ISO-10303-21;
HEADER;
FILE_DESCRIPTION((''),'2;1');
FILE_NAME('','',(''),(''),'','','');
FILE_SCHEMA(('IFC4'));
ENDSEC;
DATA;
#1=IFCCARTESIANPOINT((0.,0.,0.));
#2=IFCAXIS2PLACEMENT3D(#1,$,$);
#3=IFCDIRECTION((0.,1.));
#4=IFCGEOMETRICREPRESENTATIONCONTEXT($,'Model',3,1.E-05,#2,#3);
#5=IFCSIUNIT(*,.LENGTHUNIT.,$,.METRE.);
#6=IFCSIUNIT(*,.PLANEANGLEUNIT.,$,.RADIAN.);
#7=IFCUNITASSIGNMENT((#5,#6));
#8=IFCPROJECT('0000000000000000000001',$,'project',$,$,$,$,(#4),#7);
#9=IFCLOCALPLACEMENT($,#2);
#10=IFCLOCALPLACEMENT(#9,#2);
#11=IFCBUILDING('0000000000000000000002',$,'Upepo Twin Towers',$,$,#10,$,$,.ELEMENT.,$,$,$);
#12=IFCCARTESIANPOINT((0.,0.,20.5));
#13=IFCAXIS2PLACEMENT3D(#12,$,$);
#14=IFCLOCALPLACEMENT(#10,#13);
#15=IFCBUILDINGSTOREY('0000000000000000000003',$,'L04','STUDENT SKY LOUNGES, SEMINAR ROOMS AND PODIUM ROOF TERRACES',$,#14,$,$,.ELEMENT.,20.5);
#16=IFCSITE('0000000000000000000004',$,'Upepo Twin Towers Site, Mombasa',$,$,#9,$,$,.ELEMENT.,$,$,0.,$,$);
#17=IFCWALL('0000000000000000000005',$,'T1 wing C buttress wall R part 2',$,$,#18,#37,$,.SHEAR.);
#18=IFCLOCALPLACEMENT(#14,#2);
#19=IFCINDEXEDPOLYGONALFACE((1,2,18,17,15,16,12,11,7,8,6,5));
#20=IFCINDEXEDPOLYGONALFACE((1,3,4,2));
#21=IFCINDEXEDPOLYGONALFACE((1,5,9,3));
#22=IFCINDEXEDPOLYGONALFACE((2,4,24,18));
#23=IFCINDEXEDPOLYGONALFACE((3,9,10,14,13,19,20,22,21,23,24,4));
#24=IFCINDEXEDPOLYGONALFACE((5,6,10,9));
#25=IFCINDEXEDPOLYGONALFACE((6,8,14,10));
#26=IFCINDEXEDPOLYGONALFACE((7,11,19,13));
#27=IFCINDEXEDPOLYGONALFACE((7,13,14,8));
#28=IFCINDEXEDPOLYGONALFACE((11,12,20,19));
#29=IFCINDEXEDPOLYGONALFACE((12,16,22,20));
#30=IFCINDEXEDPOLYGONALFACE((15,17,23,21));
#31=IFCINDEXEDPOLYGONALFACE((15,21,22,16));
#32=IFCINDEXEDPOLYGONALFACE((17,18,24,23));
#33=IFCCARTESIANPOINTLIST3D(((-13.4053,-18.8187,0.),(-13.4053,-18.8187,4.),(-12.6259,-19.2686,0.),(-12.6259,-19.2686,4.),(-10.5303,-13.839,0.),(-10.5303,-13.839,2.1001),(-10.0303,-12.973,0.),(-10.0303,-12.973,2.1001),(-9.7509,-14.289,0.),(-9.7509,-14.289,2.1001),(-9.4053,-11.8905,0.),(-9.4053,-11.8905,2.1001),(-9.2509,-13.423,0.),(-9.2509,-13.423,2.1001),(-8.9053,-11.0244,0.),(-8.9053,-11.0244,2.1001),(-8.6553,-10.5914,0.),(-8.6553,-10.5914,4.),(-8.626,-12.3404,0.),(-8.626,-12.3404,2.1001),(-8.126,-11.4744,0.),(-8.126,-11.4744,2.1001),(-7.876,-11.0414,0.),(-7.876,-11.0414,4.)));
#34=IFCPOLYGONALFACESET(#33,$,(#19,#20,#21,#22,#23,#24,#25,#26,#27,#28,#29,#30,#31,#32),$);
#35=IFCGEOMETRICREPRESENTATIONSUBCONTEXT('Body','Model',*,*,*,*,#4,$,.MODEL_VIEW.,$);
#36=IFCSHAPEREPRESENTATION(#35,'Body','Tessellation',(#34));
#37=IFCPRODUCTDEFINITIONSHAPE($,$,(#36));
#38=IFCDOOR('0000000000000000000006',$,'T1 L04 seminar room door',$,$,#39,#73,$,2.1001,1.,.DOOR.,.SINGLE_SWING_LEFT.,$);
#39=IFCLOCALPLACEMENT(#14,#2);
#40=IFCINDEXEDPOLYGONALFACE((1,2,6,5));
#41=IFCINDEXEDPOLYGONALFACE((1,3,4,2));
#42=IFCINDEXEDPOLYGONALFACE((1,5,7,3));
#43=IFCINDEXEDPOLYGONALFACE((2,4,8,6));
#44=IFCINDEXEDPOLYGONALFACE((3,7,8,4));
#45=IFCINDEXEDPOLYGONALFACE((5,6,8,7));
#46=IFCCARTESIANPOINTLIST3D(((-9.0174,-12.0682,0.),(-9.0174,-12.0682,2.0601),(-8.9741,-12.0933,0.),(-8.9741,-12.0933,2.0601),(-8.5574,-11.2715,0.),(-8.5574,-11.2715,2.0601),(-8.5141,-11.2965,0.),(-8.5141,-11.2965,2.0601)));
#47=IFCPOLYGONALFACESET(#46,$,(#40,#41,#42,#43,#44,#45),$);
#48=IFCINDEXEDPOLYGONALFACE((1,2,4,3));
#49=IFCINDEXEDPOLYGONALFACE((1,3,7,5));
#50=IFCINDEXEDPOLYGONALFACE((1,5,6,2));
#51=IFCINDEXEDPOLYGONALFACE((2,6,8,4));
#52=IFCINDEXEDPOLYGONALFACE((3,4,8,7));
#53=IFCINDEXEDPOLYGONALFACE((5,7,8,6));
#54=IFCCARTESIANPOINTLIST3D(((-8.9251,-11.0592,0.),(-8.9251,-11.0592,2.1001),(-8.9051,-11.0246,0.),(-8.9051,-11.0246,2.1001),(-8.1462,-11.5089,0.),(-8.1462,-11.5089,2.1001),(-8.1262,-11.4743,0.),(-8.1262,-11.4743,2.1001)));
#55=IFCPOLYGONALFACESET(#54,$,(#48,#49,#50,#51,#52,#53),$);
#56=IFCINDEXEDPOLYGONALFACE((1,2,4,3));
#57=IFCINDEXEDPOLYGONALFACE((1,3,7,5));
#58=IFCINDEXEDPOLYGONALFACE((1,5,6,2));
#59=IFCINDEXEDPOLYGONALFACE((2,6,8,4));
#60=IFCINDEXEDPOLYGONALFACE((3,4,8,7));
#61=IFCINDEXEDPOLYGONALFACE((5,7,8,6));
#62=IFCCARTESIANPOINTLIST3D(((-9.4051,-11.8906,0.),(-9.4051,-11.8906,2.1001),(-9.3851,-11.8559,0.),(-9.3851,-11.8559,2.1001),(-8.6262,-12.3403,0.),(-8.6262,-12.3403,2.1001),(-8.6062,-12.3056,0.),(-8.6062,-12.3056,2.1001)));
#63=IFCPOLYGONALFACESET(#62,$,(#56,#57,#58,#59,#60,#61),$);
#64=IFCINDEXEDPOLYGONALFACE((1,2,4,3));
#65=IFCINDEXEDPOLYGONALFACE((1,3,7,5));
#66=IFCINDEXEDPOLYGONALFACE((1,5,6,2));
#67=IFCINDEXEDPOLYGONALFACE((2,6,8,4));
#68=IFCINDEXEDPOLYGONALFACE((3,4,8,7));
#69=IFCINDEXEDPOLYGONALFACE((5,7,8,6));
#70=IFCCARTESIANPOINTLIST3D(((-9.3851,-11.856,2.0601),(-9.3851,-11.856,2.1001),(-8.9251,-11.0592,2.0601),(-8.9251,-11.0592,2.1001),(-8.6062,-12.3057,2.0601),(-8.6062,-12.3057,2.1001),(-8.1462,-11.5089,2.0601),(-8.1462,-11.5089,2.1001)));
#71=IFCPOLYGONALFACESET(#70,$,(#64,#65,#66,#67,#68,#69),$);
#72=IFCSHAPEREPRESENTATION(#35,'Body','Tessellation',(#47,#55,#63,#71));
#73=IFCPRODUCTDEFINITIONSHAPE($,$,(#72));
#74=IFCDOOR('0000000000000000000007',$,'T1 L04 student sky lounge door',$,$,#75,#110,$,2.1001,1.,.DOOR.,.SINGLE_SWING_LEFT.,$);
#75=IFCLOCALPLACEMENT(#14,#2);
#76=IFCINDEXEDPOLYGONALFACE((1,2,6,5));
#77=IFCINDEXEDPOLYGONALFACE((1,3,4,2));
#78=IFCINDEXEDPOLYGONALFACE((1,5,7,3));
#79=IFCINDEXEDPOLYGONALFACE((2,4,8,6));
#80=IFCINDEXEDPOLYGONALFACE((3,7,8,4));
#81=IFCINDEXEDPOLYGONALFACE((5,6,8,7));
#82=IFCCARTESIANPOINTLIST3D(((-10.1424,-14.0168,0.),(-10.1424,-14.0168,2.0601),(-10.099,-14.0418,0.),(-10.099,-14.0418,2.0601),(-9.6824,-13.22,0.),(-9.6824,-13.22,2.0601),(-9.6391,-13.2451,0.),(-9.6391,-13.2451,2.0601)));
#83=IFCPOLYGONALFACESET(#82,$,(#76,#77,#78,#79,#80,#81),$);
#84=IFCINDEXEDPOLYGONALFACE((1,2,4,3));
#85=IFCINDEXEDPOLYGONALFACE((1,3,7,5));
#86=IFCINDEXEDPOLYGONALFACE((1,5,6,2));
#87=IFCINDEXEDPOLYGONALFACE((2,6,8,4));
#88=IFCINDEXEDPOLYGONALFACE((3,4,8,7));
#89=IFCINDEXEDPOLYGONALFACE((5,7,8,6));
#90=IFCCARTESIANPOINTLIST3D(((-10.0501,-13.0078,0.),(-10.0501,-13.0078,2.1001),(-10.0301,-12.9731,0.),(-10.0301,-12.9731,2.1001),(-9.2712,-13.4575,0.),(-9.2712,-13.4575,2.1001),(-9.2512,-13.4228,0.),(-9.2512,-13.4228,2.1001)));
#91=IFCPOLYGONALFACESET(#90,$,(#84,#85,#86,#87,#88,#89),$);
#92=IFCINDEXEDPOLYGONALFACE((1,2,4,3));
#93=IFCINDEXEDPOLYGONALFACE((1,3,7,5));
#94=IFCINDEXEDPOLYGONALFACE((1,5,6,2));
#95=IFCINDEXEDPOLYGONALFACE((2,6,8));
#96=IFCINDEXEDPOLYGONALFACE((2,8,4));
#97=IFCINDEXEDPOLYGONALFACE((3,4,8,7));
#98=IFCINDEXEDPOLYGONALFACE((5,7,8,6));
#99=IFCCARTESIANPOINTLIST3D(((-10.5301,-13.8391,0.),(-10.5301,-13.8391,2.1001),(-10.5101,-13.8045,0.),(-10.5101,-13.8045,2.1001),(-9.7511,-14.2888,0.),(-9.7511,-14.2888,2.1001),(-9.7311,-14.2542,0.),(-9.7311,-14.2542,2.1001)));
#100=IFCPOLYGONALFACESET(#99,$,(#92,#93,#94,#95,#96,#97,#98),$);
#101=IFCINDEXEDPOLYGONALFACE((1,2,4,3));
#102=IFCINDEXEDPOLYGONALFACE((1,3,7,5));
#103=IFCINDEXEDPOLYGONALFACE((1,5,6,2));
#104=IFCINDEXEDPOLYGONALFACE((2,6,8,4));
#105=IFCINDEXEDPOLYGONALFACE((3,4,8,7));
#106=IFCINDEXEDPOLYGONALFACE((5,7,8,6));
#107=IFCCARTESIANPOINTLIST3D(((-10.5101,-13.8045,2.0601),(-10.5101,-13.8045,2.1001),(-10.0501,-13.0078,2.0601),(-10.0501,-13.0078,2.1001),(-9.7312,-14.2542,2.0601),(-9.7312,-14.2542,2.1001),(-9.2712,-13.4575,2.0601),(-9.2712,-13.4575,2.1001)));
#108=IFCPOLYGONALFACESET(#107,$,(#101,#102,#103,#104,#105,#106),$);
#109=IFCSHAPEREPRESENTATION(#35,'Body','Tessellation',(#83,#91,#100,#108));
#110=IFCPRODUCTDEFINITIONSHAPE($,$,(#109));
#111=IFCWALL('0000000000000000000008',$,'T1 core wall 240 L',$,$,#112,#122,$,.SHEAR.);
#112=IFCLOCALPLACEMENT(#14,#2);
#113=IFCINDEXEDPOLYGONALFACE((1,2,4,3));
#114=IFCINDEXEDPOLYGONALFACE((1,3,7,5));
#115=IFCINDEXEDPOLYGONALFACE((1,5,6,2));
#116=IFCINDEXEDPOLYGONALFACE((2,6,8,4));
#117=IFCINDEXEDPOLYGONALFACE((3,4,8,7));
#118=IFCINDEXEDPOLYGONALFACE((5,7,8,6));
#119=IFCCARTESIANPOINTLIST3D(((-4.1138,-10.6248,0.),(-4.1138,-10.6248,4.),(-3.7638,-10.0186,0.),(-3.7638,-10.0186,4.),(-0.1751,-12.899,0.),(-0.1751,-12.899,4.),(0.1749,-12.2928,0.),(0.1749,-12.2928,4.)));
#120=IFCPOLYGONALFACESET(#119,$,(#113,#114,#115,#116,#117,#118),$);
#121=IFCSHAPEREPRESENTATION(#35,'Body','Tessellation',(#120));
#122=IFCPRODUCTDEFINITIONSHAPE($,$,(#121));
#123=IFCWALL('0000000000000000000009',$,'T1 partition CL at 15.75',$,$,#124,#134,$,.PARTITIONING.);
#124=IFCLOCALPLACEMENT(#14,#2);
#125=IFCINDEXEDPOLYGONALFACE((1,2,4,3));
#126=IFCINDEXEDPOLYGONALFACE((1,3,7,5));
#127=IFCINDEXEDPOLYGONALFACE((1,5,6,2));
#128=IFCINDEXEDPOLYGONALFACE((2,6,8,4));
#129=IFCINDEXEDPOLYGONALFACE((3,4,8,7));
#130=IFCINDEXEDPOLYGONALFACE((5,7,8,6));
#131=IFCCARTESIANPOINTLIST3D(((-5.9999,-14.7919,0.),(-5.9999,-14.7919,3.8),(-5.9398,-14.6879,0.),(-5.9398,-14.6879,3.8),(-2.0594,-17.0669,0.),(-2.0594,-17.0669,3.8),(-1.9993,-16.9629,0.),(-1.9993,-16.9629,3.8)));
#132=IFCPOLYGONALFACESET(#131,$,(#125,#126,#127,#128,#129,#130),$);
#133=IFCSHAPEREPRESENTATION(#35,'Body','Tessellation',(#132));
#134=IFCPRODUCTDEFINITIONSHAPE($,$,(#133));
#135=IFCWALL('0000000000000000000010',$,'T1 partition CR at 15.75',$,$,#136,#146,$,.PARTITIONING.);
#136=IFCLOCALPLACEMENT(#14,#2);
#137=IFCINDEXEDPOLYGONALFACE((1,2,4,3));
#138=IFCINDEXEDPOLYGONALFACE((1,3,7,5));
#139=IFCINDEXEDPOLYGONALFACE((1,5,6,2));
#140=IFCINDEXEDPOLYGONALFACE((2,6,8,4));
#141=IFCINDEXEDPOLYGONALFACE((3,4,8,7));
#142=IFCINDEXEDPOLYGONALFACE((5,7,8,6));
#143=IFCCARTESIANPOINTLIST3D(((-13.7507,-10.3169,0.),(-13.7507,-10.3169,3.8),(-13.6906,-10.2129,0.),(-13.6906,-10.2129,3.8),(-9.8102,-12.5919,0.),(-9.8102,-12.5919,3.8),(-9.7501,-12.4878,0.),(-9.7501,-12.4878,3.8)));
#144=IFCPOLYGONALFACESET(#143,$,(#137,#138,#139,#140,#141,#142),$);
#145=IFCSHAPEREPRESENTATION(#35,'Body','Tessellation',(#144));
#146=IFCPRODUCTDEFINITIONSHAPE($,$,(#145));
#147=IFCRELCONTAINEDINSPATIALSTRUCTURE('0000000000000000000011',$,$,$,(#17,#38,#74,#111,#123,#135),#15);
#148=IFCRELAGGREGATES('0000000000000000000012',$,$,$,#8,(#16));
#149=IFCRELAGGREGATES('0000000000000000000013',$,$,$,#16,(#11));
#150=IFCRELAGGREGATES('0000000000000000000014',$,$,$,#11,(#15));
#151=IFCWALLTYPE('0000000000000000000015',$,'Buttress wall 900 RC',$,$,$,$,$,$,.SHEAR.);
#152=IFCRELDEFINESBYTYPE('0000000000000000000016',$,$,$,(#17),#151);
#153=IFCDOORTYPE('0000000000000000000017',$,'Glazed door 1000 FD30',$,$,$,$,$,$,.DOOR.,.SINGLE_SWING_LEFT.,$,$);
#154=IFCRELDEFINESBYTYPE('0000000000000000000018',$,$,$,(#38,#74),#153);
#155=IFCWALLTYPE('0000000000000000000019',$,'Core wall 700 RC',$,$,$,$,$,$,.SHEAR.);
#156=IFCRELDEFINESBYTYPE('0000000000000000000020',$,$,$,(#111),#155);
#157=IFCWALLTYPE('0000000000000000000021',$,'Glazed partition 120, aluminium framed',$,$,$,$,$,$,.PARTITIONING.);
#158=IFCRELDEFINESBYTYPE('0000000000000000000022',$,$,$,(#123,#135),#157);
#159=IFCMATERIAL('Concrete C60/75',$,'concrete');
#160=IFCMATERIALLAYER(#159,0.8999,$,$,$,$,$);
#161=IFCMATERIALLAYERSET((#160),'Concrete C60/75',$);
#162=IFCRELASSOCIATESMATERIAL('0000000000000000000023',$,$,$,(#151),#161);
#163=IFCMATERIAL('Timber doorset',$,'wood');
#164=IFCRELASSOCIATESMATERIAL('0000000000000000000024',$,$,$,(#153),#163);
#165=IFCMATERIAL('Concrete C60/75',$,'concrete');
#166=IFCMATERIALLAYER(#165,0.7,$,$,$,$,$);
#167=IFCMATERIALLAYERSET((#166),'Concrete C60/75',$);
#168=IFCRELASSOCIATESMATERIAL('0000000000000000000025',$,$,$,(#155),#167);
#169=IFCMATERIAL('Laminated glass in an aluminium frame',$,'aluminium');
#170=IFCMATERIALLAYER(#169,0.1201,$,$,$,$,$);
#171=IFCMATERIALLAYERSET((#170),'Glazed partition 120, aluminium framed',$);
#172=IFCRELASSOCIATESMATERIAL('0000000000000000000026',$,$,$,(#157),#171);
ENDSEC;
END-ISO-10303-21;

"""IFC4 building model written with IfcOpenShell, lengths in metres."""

from ifc_helpers import new_model, si_unit, direction, frame, frame_2d, origin, place, context, subcontext, project, spatial, rectangle, extrude, material, layer, layer_set, type_object, element, fill, save


model = new_model("IFC4")

# Units and contexts
model_context = context("Model", 3, precision=1e-05, world=origin(), true_north=direction((0.0, 1.0)))
body_context = subcontext(model_context, "Body", "Model", "MODEL_VIEW")
ifc_project = project(units=[si_unit("LENGTHUNIT", "METRE"), si_unit("PLANEANGLEUNIT", "RADIAN")], contexts=[model_context])

# Site, building, storey
site_placement = place(None, origin())
site = spatial("IfcSite", under=ifc_project, at=site_placement, Name="Upepo Twin Towers Site, Mombasa", CompositionType="ELEMENT", RefElevation=0.0)
building_placement = place(site_placement, origin())
building = spatial("IfcBuilding", under=site, at=building_placement, Name="Upepo Twin Towers", CompositionType="ELEMENT")
storey_placement = place(building_placement, frame((0.0, 0.0, 20.5)))
storey = spatial("IfcBuildingStorey", under=building, at=storey_placement, Name="L04", Description="STUDENT SKY LOUNGES, SEMINAR ROOMS AND PODIUM ROOF TERRACES", CompositionType="ELEMENT", Elevation=20.5)

# Wall, openings, doors
ifc_material_1 = material(Name="Concrete C60/75", Category="concrete")
ifc_layer_1 = layer(ifc_material_1, 0.8999)
ifc_layer_set_1 = layer_set([ifc_layer_1], Name="Concrete C60/75")
wall_type_1 = type_object("IfcWallType", Name="Buttress wall 900 RC", PredefinedType="SHEAR", material=ifc_layer_set_1)
ifc_material_2 = material(Name="Timber doorset", Category="wood")
door_type = type_object("IfcDoorType", Name="Glazed door 1000 FD30", OperationType="SINGLE_SWING_LEFT", PredefinedType="DOOR", material=ifc_material_2)
wall_1_placement = place(storey_placement, frame((-8.2656, -10.8164, 0.0), z_axis=(0.0, 0.0, 1.0), x_axis=(-0.499998, -0.866027, 0.0)))
wall_1 = element("IfcWall", 1, at=wall_1_placement, inside=storey, type_object=wall_type_1, Name="T1 wing C buttress wall R part 2", PredefinedType="SHEAR", context=body_context, shape_type="SweptSolid", body=[
    extrude(rectangle(XDim=9.5, YDim=0.8999, at=frame_2d((4.75, 0.0))), origin(), (0.0, 0.0, 1.0), 4.0),
])
opening_1_placement = place(wall_1_placement, frame((0.5, 0.0, 0.0)))
opening_1 = element("IfcOpeningElement", 2, at=opening_1_placement, cuts=wall_1, PredefinedType="OPENING", context=body_context, shape_type="SweptSolid", body=[
    extrude(rectangle(XDim=1.0, YDim=2.1001, at=frame_2d((0.5, 1.05))), frame((0.0, 0.46, 0.0), z_axis=(0.0, -1.0, 0.0), x_axis=(1.0, 0.0, 0.0)), (0.0, 0.0, 1.0), 0.9199),
])
opening_2_placement = place(wall_1_placement, frame((2.75, 0.0, 0.0)))
opening_2 = element("IfcOpeningElement", 3, at=opening_2_placement, cuts=wall_1, PredefinedType="OPENING", context=body_context, shape_type="SweptSolid", body=[
    extrude(rectangle(XDim=1.0, YDim=2.1001, at=frame_2d((0.5, 1.05))), frame((0.0, 0.46, 0.0), z_axis=(0.0, -1.0, 0.0), x_axis=(1.0, 0.0, 0.0)), (0.0, 0.0, 1.0), 0.9199),
])
door_1_placement = place(opening_1_placement, origin())
door_1 = element("IfcDoor", 4, at=door_1_placement, inside=storey, type_object=door_type, Name="T1 L04 seminar room door", OperationType="SINGLE_SWING_LEFT", OverallHeight=2.1001, OverallWidth=1.0, PredefinedType="DOOR", context=body_context, shape_type="SweptSolid", body=[
    extrude(rectangle(XDim=0.92, YDim=2.0601, at=frame_2d((0.5, 1.03))), frame((0.0, 0.0249, 0.0), z_axis=(0.0, -1.0, 0.0), x_axis=(1.0, 0.0, 0.0)), (0.0, 0.0, 1.0), 0.05),
    extrude(rectangle(XDim=0.04, YDim=2.1001, at=frame_2d((0.02, 1.05))), frame((0.0, 0.4497, 0.0), z_axis=(0.0, -1.0, 0.0), x_axis=(1.0, 0.0, 0.0)), (0.0, 0.0, 1.0), 0.8994),
    extrude(rectangle(XDim=0.04, YDim=2.1001, at=frame_2d((0.98, 1.05))), frame((0.0, 0.4497, 0.0), z_axis=(0.0, -1.0, 0.0), x_axis=(1.0, 0.0, 0.0)), (0.0, 0.0, 1.0), 0.8994),
    extrude(rectangle(XDim=0.92, YDim=0.04, at=frame_2d((0.5, 2.0801))), frame((0.0, 0.4497, 0.0), z_axis=(0.0, -1.0, 0.0), x_axis=(1.0, 0.0, 0.0)), (0.0, 0.0, 1.0), 0.8994),
])
fill(opening_1, door_1)
door_2_placement = place(opening_2_placement, origin())
door_2 = element("IfcDoor", 5, at=door_2_placement, inside=storey, type_object=door_type, Name="T1 L04 student sky lounge door", OperationType="SINGLE_SWING_LEFT", OverallHeight=2.1001, OverallWidth=1.0, PredefinedType="DOOR", context=body_context, shape_type="SweptSolid", body=[
    extrude(rectangle(XDim=0.92, YDim=2.0601, at=frame_2d((0.5, 1.03))), frame((0.0, 0.0249, 0.0), z_axis=(0.0, -1.0, 0.0), x_axis=(1.0, 0.0, 0.0)), (0.0, 0.0, 1.0), 0.05),
    extrude(rectangle(XDim=0.04, YDim=2.1001, at=frame_2d((0.02, 1.05))), frame((0.0, 0.4497, 0.0), z_axis=(0.0, -1.0, 0.0), x_axis=(1.0, 0.0, 0.0)), (0.0, 0.0, 1.0), 0.8994),
    extrude(rectangle(XDim=0.04, YDim=2.1001, at=frame_2d((0.98, 1.05))), frame((0.0, 0.4497, 0.0), z_axis=(0.0, -1.0, 0.0), x_axis=(1.0, 0.0, 0.0)), (0.0, 0.0, 1.0), 0.8994),
    extrude(rectangle(XDim=0.92, YDim=0.04, at=frame_2d((0.5, 2.0801))), frame((0.0, 0.4497, 0.0), z_axis=(0.0, -1.0, 0.0), x_axis=(1.0, 0.0, 0.0)), (0.0, 0.0, 1.0), 0.8994),
])
fill(opening_2, door_2)

# Walls
ifc_material_3 = material(Name="Concrete C60/75", Category="concrete")
ifc_layer_2 = layer(ifc_material_3, 0.7)
ifc_layer_set_2 = layer_set([ifc_layer_2], Name="Concrete C60/75")
wall_type_2 = type_object("IfcWallType", Name="Core wall 700 RC", PredefinedType="SHEAR", material=ifc_layer_set_2)
wall_2_placement = place(storey_placement, frame((-3.9387, -10.3218, 0.0), z_axis=(0.0, 0.0, 1.0), x_axis=(0.866011, -0.500024, 0.0)))
element("IfcWall", 6, at=wall_2_placement, inside=storey, type_object=wall_type_2, Name="T1 core wall 240 L", PredefinedType="SHEAR", context=body_context, shape_type="SweptSolid", body=[
    extrude(rectangle(XDim=4.5481, YDim=0.7, at=frame_2d((2.2739, 0.0))), origin(), (0.0, 0.0, 1.0), 4.0),
])
ifc_material_4 = material(Name="Laminated glass in an aluminium frame", Category="aluminium")
ifc_layer_3 = layer(ifc_material_4, 0.1201)
ifc_layer_set_3 = layer_set([ifc_layer_3], Name="Glazed partition 120, aluminium framed")
wall_type_3 = type_object("IfcWallType", Name="Glazed partition 120, aluminium framed", PredefinedType="PARTITIONING", material=ifc_layer_set_3)
for number, where, z_axis, x_axis, name in (
    (7, (-5.9697, -14.74, 0.0), (0.0, 0.0, 1.0), (0.866035, -0.499983, 0.0), "T1 partition CL at 15.75"),
    (8, (-9.7803, -12.5398, 0.0), (0.0, 0.0, 1.0), (-0.866035, 0.499983, 0.0), "T1 partition CR at 15.75"),
):
    element("IfcWall", number, at=place(storey_placement, frame(where, z_axis=z_axis, x_axis=x_axis)), inside=storey, type_object=wall_type_3, Name=name, PredefinedType="PARTITIONING", context=body_context, shape_type="SweptSolid", body=[
        extrude(rectangle(XDim=4.55, YDim=0.1201, at=frame_2d((2.2749, 0.0))), origin(), (0.0, 0.0, 1.0), 3.8),
    ])

save(model, "model.ifc")
